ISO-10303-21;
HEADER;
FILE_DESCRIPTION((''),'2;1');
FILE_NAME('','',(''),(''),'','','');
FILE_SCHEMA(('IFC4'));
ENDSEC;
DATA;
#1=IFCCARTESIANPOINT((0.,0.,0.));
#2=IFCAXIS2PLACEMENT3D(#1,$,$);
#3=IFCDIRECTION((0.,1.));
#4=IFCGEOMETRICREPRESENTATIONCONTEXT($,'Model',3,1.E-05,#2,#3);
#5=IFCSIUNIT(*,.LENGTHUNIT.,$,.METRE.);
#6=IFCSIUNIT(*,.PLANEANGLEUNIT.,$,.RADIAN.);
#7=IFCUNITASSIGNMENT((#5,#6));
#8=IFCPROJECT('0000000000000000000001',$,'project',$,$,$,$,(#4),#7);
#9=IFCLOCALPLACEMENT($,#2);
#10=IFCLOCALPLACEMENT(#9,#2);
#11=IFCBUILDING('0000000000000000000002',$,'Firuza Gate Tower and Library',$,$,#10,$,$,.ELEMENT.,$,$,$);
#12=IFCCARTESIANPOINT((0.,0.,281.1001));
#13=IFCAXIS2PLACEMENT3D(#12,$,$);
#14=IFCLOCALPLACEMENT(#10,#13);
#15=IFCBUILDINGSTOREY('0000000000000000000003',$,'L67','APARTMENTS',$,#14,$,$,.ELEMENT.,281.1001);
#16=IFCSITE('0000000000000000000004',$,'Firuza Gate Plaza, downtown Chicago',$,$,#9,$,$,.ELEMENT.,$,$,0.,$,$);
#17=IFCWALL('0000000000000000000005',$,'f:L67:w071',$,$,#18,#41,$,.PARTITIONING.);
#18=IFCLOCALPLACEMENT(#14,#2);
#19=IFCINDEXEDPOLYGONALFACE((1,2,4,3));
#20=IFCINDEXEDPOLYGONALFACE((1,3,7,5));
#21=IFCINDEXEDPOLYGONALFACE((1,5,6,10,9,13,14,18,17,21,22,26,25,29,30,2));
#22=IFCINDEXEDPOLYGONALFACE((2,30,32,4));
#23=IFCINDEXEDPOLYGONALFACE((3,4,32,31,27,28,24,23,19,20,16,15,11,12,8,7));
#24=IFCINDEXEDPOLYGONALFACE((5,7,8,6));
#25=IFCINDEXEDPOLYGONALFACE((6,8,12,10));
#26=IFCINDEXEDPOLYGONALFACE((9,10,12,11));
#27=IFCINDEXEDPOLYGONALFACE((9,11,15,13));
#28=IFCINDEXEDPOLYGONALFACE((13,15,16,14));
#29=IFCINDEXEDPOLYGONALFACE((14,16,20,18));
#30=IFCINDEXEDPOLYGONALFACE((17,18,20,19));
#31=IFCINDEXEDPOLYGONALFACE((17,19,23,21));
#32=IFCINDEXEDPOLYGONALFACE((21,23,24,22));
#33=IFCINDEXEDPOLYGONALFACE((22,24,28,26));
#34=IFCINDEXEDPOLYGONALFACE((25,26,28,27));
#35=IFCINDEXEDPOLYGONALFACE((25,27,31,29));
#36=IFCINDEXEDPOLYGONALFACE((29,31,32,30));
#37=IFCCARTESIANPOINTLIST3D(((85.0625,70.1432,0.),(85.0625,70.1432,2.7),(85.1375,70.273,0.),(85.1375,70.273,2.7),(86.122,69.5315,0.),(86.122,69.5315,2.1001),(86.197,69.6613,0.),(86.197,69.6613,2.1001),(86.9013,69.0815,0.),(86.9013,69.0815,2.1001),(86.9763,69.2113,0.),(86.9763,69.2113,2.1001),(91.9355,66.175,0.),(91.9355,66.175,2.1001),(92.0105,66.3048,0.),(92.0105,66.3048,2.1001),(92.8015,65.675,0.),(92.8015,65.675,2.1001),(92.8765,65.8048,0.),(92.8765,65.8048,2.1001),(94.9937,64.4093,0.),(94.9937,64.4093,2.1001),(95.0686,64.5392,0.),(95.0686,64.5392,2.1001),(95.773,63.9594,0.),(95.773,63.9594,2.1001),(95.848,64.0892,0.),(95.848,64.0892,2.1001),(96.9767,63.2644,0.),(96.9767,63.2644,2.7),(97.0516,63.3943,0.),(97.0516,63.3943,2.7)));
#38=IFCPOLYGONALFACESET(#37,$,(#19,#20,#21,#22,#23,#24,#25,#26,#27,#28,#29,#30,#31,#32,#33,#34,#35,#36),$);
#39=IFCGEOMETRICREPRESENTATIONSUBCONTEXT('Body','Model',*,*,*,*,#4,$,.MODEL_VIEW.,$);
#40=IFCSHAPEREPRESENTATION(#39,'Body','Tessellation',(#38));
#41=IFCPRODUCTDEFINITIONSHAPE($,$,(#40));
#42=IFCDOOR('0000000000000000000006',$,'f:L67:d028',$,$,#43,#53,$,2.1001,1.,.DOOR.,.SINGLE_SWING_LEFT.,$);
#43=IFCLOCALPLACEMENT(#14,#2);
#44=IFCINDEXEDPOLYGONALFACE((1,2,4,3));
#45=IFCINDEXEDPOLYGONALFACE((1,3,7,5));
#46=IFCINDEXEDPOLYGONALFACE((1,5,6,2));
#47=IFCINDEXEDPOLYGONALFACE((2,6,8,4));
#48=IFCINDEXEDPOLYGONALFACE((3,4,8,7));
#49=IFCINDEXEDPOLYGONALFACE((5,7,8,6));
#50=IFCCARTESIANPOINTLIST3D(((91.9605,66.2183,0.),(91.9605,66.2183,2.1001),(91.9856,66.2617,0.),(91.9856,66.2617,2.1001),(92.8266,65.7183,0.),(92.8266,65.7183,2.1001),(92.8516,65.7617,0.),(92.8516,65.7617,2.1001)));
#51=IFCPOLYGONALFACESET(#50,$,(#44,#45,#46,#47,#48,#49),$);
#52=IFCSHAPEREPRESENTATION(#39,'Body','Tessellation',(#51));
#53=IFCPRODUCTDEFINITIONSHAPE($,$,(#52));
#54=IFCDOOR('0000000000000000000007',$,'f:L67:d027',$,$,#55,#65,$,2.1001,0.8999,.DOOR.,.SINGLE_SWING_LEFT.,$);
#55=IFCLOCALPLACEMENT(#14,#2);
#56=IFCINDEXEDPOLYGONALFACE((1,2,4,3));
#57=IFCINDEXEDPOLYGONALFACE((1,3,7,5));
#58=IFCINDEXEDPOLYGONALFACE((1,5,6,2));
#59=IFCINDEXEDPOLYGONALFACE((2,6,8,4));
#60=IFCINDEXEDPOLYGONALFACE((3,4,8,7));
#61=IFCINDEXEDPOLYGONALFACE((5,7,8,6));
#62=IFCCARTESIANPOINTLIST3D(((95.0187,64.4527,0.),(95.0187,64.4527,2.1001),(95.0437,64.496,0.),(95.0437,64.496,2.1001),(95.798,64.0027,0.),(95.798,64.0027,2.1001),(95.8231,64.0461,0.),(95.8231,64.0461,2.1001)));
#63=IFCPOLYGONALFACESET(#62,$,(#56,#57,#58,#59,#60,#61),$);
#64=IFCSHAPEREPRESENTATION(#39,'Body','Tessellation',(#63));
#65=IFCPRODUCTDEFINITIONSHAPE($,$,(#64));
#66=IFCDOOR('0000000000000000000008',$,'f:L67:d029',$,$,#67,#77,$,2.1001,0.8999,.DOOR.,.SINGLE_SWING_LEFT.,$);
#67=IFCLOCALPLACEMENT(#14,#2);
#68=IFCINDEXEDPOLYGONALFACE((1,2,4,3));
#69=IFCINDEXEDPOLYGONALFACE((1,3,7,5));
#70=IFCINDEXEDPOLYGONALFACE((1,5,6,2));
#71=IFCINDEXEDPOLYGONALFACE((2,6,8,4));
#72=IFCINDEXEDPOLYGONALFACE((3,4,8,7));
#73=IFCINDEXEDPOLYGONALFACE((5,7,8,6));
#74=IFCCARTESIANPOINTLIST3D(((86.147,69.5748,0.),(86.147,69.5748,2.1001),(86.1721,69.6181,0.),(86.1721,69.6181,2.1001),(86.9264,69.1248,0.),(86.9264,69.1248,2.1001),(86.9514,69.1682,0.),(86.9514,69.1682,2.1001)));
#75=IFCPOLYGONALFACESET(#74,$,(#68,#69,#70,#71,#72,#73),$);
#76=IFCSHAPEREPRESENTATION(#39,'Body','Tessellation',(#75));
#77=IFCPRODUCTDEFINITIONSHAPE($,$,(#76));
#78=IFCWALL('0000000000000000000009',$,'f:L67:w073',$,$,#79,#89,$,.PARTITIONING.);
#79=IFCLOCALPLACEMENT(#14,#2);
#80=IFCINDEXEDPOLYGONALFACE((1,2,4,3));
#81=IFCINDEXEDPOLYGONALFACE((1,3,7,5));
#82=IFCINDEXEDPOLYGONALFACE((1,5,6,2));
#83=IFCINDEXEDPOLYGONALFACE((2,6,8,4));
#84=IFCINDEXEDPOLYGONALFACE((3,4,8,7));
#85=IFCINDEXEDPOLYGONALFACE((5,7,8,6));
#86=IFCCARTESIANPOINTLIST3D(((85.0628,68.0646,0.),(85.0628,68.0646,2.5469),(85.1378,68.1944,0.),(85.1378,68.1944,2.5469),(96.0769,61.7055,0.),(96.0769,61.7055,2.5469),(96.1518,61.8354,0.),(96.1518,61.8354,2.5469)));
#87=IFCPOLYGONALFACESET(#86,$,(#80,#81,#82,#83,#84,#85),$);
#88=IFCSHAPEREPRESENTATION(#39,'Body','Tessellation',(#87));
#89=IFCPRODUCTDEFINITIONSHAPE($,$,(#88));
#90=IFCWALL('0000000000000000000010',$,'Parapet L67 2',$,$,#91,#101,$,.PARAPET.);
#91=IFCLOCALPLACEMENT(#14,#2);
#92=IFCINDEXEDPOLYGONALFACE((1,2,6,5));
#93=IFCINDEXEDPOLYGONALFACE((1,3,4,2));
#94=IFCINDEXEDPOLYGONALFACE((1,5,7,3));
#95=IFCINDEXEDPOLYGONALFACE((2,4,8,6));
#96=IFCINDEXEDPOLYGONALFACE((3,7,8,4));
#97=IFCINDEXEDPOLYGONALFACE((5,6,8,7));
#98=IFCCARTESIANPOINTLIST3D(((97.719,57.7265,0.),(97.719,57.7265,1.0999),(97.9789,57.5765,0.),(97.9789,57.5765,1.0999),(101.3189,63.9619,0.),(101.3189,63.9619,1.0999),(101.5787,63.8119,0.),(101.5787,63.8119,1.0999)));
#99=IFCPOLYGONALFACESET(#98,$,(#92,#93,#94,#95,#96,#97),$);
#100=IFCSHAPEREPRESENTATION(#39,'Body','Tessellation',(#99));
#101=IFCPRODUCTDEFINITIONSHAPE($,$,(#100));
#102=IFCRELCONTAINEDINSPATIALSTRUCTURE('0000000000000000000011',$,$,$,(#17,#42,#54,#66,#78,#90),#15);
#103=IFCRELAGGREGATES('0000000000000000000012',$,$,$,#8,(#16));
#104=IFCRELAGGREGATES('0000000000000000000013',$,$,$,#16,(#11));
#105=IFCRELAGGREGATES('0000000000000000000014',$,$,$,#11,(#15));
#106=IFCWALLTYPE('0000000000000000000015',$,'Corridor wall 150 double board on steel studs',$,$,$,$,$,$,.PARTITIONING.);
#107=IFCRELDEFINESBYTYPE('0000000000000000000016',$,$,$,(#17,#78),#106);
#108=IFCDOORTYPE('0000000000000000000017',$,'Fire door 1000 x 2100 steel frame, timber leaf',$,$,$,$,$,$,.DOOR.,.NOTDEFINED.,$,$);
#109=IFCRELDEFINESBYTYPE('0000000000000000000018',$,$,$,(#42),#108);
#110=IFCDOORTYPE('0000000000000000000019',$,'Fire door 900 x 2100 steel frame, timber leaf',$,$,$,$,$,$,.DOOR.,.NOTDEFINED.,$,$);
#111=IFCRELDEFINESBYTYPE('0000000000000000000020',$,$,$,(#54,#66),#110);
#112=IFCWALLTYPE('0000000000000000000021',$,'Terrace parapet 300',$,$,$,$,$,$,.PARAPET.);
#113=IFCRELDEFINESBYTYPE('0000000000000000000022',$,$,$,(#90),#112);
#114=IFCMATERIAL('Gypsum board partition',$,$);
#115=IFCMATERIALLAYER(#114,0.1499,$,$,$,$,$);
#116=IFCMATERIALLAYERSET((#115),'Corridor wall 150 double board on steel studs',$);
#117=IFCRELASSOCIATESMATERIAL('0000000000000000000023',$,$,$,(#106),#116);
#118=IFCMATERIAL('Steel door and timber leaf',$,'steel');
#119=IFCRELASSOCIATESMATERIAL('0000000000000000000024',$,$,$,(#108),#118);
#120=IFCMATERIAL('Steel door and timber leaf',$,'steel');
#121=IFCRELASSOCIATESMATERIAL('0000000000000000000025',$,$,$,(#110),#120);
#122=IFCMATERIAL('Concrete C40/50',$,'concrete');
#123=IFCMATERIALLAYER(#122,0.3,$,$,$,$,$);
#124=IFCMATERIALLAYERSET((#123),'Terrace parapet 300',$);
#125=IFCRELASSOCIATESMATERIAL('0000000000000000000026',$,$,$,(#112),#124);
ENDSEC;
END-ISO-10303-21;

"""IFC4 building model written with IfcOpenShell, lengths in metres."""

from ifc_helpers import new_model, si_unit, direction, frame, frame_2d, origin, place, context, subcontext, project, spatial, rectangle, extrude, material, layer, layer_set, type_object, element, fill, save


model = new_model("IFC4")

# Units and contexts
model_context = context("Model", 3, precision=1e-05, world=origin(), true_north=direction((0.0, 1.0)))
body_context = subcontext(model_context, "Body", "Model", "MODEL_VIEW")
ifc_project = project(units=[si_unit("LENGTHUNIT", "METRE"), si_unit("PLANEANGLEUNIT", "RADIAN")], contexts=[model_context])

# Site, building, storey
site_placement = place(None, origin())
site = spatial("IfcSite", under=ifc_project, at=site_placement, Name="Firuza Gate Plaza, downtown Chicago", CompositionType="ELEMENT", RefElevation=0.0)
building_placement = place(site_placement, origin())
building = spatial("IfcBuilding", under=site, at=building_placement, Name="Firuza Gate Tower and Library", CompositionType="ELEMENT")
storey_placement = place(building_placement, frame((0.0, 0.0, 281.1001)))
storey = spatial("IfcBuildingStorey", under=building, at=storey_placement, Name="L67", Description="APARTMENTS", CompositionType="ELEMENT", Elevation=281.1001)

# Shared definitions
ifc_material_1 = material(Name="Gypsum board partition")
ifc_layer_1 = layer(ifc_material_1, 0.1499)
ifc_layer_set_1 = layer_set([ifc_layer_1], Name="Corridor wall 150 double board on steel studs")
wall_type_1 = type_object("IfcWallType", Name="Corridor wall 150 double board on steel studs", PredefinedType="PARTITIONING", material=ifc_layer_set_1)

# Wall, openings, doors
wall_1_placement = place(storey_placement, frame((97.0142, 63.3293, 0.0), z_axis=(0.0, 0.0, 1.0), x_axis=(-0.866023, 0.500004, 0.0)))
wall_1 = element("IfcWall", 1, at=wall_1_placement, inside=storey, type_object=wall_type_1, Name="f:L67:w071", PredefinedType="PARTITIONING", context=body_context, shape_type="SweptSolid", body=[
    extrude(rectangle(XDim=13.7573, YDim=0.1499, at=frame_2d((6.8787, 0.0))), origin(), (0.0, 0.0, 1.0), 2.7),
])
opening_1_placement = place(wall_1_placement, frame((1.3899, 0.0, 0.0)))
opening_1 = element("IfcOpeningElement", 2, at=opening_1_placement, cuts=wall_1, PredefinedType="OPENING", context=body_context, shape_type="SweptSolid", body=[
    extrude(rectangle(XDim=0.8999, YDim=2.1001, at=frame_2d((0.45, 1.05))), frame((0.0, 0.085, 0.0), z_axis=(0.0, -1.0, 0.0), x_axis=(1.0, 0.0, 0.0)), (0.0, 0.0, 1.0), 0.1699),
])
opening_2_placement = place(wall_1_placement, frame((4.821, 0.0, 0.0)))
opening_2 = element("IfcOpeningElement", 3, at=opening_2_placement, cuts=wall_1, PredefinedType="OPENING", context=body_context, shape_type="SweptSolid", body=[
    extrude(rectangle(XDim=1.0, YDim=2.1001, at=frame_2d((0.5, 1.05))), frame((0.0, 0.085, 0.0), z_axis=(0.0, -1.0, 0.0), x_axis=(1.0, 0.0, 0.0)), (0.0, 0.0, 1.0), 0.1699),
])
opening_3_placement = place(wall_1_placement, frame((11.634, 0.0, 0.0)))
opening_3 = element("IfcOpeningElement", 4, at=opening_3_placement, cuts=wall_1, PredefinedType="OPENING", context=body_context, shape_type="SweptSolid", body=[
    extrude(rectangle(XDim=0.8999, YDim=2.1001, at=frame_2d((0.45, 1.05))), frame((0.0, 0.085, 0.0), z_axis=(0.0, -1.0, 0.0), x_axis=(1.0, 0.0, 0.0)), (0.0, 0.0, 1.0), 0.1699),
])
ifc_material_2 = material(Name="Steel door and timber leaf", Category="steel")
door_type_1 = type_object("IfcDoorType", Name="Fire door 1000 x 2100 steel frame, timber leaf", OperationType="NOTDEFINED", PredefinedType="DOOR", material=ifc_material_2)
door_1_placement = place(opening_2_placement, origin())
door_1 = element("IfcDoor", 5, at=door_1_placement, inside=storey, type_object=door_type_1, Name="f:L67:d028", OperationType="SINGLE_SWING_LEFT", OverallHeight=2.1001, OverallWidth=1.0, PredefinedType="DOOR", context=body_context, shape_type="SweptSolid", body=[
    extrude(rectangle(XDim=1.0, YDim=2.1001, at=frame_2d((0.5, 1.05))), frame((0.0, 0.0249, 0.0), z_axis=(0.0, -1.0, 0.0), x_axis=(1.0, 0.0, 0.0)), (0.0, 0.0, 1.0), 0.05),
])
fill(opening_2, door_1)
ifc_material_3 = material(Name="Steel door and timber leaf", Category="steel")
door_type_2 = type_object("IfcDoorType", Name="Fire door 900 x 2100 steel frame, timber leaf", OperationType="NOTDEFINED", PredefinedType="DOOR", material=ifc_material_3)
door_2_placement = place(opening_1_placement, origin())
door_2 = element("IfcDoor", 6, at=door_2_placement, inside=storey, type_object=door_type_2, Name="f:L67:d027", OperationType="SINGLE_SWING_LEFT", OverallHeight=2.1001, OverallWidth=0.8999, PredefinedType="DOOR", context=body_context, shape_type="SweptSolid", body=[
    extrude(rectangle(XDim=0.8999, YDim=2.1001, at=frame_2d((0.45, 1.05))), frame((0.0, 0.0249, 0.0), z_axis=(0.0, -1.0, 0.0), x_axis=(1.0, 0.0, 0.0)), (0.0, 0.0, 1.0), 0.05),
])
fill(opening_1, door_2)
door_3_placement = place(opening_3_placement, origin())
door_3 = element("IfcDoor", 7, at=door_3_placement, inside=storey, type_object=door_type_2, Name="f:L67:d029", OperationType="SINGLE_SWING_LEFT", OverallHeight=2.1001, OverallWidth=0.8999, PredefinedType="DOOR", context=body_context, shape_type="SweptSolid", body=[
    extrude(rectangle(XDim=0.8999, YDim=2.1001, at=frame_2d((0.45, 1.05))), frame((0.0, 0.0249, 0.0), z_axis=(0.0, -1.0, 0.0), x_axis=(1.0, 0.0, 0.0)), (0.0, 0.0, 1.0), 0.05),
])
fill(opening_3, door_3)

# Walls
wall_2_placement = place(storey_placement, frame((96.1143, 61.7705, 0.0), z_axis=(0.0, 0.0, 1.0), x_axis=(-0.866022, 0.500006, 0.0)))
element("IfcWall", 8, at=wall_2_placement, inside=storey, type_object=wall_type_1, Name="f:L67:w073", PredefinedType="PARTITIONING", context=body_context, shape_type="SweptSolid", body=[
    extrude(rectangle(XDim=12.718, YDim=0.1499, at=frame_2d((6.3589, 0.0))), origin(), (0.0, 0.0, 1.0), 2.5469),
])
ifc_material_4 = material(Name="Concrete C40/50", Category="concrete")
ifc_layer_2 = layer(ifc_material_4, 0.3)
ifc_layer_set_2 = layer_set([ifc_layer_2], Name="Terrace parapet 300")
wall_type_2 = type_object("IfcWallType", Name="Terrace parapet 300", PredefinedType="PARAPET", material=ifc_layer_set_2)
wall_3_placement = place(storey_placement, frame((97.8489, 57.6514, 0.0), z_axis=(0.0, 0.0, 1.0), x_axis=(0.499987, 0.866033, 0.0)))
element("IfcWall", 9, at=wall_3_placement, inside=storey, type_object=wall_type_2, Name="Parapet L67 2", PredefinedType="PARAPET", context=body_context, shape_type="SweptSolid", body=[
    extrude(rectangle(XDim=7.2, YDim=0.3, at=frame_2d((3.6001, 0.0))), origin(), (0.0, 0.0, 1.0), 1.0999),
])

save(model, "model.ifc")
